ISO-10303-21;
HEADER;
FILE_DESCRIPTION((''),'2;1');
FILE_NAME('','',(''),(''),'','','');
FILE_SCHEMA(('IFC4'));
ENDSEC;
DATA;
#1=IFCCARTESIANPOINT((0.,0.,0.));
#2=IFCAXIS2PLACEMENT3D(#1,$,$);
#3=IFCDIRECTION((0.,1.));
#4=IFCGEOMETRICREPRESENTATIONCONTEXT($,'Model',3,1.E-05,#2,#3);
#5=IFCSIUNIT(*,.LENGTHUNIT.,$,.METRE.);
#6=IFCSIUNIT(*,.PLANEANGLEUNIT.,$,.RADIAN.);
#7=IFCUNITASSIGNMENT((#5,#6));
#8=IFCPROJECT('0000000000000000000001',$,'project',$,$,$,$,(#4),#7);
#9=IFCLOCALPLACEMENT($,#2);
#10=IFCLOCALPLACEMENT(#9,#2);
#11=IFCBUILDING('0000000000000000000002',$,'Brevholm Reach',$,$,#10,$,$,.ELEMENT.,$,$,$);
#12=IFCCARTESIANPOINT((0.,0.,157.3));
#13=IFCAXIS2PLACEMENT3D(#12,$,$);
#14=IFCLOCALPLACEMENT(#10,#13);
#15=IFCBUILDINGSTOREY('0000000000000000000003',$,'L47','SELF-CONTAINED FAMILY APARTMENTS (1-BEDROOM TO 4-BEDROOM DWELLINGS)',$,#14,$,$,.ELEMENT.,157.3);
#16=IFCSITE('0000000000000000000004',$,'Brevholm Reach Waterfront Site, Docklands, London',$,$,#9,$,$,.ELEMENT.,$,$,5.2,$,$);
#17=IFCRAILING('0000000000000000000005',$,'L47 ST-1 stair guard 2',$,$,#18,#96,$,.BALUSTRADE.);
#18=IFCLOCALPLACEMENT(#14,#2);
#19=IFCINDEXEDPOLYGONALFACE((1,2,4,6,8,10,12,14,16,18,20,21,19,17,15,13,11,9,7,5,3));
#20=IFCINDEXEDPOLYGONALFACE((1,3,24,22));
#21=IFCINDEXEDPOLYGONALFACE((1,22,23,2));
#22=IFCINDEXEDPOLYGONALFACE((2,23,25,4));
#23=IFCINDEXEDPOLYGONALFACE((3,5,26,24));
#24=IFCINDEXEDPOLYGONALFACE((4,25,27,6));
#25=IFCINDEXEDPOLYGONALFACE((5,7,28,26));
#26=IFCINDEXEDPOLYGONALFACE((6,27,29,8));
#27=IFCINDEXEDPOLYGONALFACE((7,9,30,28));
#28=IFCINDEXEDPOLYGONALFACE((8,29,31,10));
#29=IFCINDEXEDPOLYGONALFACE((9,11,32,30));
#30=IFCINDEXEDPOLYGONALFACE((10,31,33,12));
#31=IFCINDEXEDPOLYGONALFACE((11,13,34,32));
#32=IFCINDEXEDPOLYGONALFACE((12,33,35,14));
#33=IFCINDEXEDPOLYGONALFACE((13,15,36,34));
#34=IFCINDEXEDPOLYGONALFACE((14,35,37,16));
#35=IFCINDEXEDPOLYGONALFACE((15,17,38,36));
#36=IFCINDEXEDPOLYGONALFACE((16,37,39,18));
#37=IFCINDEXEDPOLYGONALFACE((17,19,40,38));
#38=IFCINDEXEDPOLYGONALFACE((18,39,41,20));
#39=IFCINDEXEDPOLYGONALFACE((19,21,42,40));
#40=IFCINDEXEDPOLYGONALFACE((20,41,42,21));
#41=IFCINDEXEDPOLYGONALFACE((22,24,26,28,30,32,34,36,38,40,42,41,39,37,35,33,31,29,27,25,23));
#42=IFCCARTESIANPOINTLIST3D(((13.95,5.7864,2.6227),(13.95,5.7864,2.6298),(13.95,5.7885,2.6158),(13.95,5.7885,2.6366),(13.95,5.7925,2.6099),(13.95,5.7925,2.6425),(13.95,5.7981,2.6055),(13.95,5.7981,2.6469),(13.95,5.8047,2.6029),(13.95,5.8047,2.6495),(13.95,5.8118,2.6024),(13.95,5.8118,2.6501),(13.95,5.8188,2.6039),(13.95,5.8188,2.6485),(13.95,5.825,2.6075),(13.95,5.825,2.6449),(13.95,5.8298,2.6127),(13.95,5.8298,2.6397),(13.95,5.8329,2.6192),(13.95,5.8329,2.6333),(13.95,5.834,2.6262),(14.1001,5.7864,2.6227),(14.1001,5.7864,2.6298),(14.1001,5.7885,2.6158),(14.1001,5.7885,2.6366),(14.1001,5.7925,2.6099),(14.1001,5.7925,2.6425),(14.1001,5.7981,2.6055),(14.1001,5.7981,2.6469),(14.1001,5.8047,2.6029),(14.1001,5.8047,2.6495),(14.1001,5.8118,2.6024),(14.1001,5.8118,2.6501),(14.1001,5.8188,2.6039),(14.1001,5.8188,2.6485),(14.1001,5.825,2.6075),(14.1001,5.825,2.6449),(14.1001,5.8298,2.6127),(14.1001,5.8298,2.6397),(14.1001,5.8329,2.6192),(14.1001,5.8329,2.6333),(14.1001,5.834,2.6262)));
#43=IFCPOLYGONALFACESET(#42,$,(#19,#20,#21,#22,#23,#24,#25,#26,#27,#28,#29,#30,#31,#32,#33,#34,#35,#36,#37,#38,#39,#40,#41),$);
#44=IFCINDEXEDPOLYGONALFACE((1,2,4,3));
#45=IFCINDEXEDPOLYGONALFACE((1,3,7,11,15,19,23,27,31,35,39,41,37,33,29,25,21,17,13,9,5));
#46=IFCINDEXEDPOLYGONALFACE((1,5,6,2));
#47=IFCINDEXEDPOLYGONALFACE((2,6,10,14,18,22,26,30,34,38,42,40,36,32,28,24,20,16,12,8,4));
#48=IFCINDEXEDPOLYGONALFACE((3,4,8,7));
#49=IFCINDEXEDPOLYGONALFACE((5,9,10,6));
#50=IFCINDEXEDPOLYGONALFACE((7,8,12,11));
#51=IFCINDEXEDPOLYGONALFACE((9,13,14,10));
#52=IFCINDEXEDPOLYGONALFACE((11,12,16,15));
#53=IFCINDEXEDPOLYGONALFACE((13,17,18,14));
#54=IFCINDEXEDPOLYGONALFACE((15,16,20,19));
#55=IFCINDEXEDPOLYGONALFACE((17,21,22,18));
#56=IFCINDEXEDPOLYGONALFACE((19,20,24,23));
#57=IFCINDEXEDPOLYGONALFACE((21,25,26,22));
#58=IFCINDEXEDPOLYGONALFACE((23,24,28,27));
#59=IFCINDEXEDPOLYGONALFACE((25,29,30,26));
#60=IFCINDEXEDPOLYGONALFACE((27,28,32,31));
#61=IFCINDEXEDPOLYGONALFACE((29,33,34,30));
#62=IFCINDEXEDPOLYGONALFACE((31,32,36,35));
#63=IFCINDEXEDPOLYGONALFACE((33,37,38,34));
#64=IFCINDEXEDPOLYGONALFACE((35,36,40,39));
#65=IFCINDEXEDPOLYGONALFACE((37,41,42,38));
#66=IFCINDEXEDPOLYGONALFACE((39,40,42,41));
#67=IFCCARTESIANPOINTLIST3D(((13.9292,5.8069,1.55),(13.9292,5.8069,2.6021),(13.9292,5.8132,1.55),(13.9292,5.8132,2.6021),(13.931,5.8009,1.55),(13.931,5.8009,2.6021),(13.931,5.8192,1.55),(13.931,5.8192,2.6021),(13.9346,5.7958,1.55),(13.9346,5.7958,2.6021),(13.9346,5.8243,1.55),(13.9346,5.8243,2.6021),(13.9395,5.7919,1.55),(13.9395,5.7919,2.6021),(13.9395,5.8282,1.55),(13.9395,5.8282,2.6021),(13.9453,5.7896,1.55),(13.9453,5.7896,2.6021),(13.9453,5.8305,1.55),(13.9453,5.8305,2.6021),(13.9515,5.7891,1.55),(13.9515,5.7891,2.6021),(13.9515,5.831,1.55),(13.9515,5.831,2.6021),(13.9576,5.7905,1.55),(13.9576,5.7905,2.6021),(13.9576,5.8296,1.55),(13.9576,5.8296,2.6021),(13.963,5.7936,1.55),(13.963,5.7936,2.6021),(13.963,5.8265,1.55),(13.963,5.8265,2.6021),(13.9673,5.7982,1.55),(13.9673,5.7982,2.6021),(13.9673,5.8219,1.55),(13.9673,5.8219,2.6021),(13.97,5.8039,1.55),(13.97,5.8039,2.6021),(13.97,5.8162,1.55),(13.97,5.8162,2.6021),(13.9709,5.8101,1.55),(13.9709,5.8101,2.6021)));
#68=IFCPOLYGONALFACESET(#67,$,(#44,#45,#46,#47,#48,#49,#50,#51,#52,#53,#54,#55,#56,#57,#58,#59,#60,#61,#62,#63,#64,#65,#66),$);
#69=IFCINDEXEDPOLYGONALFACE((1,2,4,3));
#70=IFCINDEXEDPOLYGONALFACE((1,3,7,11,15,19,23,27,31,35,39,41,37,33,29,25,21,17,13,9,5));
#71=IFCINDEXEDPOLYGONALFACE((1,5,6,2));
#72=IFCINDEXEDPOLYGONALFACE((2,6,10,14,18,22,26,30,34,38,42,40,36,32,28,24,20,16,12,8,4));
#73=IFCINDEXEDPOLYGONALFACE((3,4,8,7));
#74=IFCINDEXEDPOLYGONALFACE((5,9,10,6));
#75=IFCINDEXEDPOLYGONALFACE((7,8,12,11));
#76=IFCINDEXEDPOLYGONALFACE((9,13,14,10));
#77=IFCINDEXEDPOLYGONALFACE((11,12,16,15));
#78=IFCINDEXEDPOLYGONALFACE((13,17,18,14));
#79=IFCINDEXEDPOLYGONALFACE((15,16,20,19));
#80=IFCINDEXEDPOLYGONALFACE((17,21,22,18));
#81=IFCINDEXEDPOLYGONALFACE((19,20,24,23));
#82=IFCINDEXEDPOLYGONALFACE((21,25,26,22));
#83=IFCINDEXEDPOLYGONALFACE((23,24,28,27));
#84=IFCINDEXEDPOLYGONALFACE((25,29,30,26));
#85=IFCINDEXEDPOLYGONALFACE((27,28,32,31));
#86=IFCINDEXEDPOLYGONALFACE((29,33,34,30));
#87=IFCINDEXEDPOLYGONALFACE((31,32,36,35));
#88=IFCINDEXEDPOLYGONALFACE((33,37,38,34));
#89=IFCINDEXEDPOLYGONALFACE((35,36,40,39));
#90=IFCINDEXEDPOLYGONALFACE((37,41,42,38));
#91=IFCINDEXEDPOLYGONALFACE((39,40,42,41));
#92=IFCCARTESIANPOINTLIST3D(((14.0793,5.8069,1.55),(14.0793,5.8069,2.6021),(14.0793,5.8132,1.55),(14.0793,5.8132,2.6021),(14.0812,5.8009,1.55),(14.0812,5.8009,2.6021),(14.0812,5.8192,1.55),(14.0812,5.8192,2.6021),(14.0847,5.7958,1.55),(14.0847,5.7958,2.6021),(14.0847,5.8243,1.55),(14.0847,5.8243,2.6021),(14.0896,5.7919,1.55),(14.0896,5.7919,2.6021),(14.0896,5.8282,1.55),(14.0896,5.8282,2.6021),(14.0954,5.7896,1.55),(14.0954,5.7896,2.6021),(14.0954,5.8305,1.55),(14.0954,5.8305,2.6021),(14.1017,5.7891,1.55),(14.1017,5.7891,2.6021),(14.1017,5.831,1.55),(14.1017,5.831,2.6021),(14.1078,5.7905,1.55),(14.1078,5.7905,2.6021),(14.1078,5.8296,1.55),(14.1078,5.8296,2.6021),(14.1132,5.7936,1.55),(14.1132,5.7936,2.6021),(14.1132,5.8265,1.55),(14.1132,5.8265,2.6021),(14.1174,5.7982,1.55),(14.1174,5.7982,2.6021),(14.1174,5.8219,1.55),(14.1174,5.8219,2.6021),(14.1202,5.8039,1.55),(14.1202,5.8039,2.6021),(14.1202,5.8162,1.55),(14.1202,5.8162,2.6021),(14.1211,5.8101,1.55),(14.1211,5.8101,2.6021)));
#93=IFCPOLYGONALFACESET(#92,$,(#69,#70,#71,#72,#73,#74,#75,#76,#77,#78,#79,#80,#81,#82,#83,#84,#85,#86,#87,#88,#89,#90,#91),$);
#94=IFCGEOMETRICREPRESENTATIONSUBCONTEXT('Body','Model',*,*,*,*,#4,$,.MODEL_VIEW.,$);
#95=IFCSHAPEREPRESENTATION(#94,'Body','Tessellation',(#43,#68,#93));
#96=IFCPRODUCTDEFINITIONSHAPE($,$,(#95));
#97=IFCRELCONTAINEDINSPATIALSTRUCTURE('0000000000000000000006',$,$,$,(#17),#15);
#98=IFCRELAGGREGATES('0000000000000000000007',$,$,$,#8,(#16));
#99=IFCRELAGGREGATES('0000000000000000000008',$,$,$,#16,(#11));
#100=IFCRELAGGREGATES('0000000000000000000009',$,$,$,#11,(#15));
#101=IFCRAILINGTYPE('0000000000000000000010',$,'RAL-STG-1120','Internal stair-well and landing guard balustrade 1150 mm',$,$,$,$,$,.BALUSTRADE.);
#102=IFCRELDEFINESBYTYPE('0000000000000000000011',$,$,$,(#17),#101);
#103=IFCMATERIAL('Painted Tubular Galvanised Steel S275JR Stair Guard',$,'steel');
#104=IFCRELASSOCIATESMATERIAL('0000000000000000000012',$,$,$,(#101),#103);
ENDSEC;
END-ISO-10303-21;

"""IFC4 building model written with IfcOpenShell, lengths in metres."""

from ifc_helpers import new_model, si_unit, direction, frame, origin, origin_2d, place, context, subcontext, project, spatial, circle, extrude, material, type_object, element, save


model = new_model("IFC4")

# Units and contexts
model_context = context("Model", 3, precision=1e-05, world=origin(), true_north=direction((0.0, 1.0)))
body_context = subcontext(model_context, "Body", "Model", "MODEL_VIEW")
ifc_project = project(units=[si_unit("LENGTHUNIT", "METRE"), si_unit("PLANEANGLEUNIT", "RADIAN")], contexts=[model_context])

# Site, building, storey
site_placement = place(None, origin())
site = spatial("IfcSite", under=ifc_project, at=site_placement, Name="Brevholm Reach Waterfront Site, Docklands, London", CompositionType="ELEMENT", RefElevation=5.2)
building_placement = place(site_placement, origin())
building = spatial("IfcBuilding", under=site, at=building_placement, Name="Brevholm Reach", CompositionType="ELEMENT")
storey_placement = place(building_placement, frame((0.0, 0.0, 157.3)))
storey = spatial("IfcBuildingStorey", under=building, at=storey_placement, Name="L47", Description="SELF-CONTAINED FAMILY APARTMENTS (1-BEDROOM TO 4-BEDROOM DWELLINGS)", CompositionType="ELEMENT", Elevation=157.3)

# Railing
ifc_material_1 = material(Name="Painted Tubular Galvanised Steel S275JR Stair Guard", Category="steel")
railing_type_1 = type_object("IfcRailingType", Name="RAL-STG-1120", Description="Internal stair-well and landing guard balustrade 1150 mm", PredefinedType="BALUSTRADE", material=ifc_material_1)
railing_1_placement = place(storey_placement, frame((13.95, 5.8101, 1.55)))
element("IfcRailing", 1, at=railing_1_placement, inside=storey, type_object=railing_type_1, Name="L47 ST-1 stair guard 2", PredefinedType="BALUSTRADE", context=body_context, shape_type="SweptSolid", body=[
    extrude(circle(Radius=0.0239, at=origin_2d()), frame((0.0, 0.0, 1.0762), z_axis=(1.0, 0.0, 0.0), x_axis=(0.0, 1.0, 0.0)), (0.0, 0.0, 1.0), 0.1501),
    extrude(circle(Radius=0.021, at=origin_2d()), origin(), (0.0, 0.0, 1.0), 1.052),
    extrude(circle(Radius=0.021, at=origin_2d()), frame((0.1501, 0.0, 0.0)), (0.0, 0.0, 1.0), 1.052),
])

save(model, "model.ifc")
